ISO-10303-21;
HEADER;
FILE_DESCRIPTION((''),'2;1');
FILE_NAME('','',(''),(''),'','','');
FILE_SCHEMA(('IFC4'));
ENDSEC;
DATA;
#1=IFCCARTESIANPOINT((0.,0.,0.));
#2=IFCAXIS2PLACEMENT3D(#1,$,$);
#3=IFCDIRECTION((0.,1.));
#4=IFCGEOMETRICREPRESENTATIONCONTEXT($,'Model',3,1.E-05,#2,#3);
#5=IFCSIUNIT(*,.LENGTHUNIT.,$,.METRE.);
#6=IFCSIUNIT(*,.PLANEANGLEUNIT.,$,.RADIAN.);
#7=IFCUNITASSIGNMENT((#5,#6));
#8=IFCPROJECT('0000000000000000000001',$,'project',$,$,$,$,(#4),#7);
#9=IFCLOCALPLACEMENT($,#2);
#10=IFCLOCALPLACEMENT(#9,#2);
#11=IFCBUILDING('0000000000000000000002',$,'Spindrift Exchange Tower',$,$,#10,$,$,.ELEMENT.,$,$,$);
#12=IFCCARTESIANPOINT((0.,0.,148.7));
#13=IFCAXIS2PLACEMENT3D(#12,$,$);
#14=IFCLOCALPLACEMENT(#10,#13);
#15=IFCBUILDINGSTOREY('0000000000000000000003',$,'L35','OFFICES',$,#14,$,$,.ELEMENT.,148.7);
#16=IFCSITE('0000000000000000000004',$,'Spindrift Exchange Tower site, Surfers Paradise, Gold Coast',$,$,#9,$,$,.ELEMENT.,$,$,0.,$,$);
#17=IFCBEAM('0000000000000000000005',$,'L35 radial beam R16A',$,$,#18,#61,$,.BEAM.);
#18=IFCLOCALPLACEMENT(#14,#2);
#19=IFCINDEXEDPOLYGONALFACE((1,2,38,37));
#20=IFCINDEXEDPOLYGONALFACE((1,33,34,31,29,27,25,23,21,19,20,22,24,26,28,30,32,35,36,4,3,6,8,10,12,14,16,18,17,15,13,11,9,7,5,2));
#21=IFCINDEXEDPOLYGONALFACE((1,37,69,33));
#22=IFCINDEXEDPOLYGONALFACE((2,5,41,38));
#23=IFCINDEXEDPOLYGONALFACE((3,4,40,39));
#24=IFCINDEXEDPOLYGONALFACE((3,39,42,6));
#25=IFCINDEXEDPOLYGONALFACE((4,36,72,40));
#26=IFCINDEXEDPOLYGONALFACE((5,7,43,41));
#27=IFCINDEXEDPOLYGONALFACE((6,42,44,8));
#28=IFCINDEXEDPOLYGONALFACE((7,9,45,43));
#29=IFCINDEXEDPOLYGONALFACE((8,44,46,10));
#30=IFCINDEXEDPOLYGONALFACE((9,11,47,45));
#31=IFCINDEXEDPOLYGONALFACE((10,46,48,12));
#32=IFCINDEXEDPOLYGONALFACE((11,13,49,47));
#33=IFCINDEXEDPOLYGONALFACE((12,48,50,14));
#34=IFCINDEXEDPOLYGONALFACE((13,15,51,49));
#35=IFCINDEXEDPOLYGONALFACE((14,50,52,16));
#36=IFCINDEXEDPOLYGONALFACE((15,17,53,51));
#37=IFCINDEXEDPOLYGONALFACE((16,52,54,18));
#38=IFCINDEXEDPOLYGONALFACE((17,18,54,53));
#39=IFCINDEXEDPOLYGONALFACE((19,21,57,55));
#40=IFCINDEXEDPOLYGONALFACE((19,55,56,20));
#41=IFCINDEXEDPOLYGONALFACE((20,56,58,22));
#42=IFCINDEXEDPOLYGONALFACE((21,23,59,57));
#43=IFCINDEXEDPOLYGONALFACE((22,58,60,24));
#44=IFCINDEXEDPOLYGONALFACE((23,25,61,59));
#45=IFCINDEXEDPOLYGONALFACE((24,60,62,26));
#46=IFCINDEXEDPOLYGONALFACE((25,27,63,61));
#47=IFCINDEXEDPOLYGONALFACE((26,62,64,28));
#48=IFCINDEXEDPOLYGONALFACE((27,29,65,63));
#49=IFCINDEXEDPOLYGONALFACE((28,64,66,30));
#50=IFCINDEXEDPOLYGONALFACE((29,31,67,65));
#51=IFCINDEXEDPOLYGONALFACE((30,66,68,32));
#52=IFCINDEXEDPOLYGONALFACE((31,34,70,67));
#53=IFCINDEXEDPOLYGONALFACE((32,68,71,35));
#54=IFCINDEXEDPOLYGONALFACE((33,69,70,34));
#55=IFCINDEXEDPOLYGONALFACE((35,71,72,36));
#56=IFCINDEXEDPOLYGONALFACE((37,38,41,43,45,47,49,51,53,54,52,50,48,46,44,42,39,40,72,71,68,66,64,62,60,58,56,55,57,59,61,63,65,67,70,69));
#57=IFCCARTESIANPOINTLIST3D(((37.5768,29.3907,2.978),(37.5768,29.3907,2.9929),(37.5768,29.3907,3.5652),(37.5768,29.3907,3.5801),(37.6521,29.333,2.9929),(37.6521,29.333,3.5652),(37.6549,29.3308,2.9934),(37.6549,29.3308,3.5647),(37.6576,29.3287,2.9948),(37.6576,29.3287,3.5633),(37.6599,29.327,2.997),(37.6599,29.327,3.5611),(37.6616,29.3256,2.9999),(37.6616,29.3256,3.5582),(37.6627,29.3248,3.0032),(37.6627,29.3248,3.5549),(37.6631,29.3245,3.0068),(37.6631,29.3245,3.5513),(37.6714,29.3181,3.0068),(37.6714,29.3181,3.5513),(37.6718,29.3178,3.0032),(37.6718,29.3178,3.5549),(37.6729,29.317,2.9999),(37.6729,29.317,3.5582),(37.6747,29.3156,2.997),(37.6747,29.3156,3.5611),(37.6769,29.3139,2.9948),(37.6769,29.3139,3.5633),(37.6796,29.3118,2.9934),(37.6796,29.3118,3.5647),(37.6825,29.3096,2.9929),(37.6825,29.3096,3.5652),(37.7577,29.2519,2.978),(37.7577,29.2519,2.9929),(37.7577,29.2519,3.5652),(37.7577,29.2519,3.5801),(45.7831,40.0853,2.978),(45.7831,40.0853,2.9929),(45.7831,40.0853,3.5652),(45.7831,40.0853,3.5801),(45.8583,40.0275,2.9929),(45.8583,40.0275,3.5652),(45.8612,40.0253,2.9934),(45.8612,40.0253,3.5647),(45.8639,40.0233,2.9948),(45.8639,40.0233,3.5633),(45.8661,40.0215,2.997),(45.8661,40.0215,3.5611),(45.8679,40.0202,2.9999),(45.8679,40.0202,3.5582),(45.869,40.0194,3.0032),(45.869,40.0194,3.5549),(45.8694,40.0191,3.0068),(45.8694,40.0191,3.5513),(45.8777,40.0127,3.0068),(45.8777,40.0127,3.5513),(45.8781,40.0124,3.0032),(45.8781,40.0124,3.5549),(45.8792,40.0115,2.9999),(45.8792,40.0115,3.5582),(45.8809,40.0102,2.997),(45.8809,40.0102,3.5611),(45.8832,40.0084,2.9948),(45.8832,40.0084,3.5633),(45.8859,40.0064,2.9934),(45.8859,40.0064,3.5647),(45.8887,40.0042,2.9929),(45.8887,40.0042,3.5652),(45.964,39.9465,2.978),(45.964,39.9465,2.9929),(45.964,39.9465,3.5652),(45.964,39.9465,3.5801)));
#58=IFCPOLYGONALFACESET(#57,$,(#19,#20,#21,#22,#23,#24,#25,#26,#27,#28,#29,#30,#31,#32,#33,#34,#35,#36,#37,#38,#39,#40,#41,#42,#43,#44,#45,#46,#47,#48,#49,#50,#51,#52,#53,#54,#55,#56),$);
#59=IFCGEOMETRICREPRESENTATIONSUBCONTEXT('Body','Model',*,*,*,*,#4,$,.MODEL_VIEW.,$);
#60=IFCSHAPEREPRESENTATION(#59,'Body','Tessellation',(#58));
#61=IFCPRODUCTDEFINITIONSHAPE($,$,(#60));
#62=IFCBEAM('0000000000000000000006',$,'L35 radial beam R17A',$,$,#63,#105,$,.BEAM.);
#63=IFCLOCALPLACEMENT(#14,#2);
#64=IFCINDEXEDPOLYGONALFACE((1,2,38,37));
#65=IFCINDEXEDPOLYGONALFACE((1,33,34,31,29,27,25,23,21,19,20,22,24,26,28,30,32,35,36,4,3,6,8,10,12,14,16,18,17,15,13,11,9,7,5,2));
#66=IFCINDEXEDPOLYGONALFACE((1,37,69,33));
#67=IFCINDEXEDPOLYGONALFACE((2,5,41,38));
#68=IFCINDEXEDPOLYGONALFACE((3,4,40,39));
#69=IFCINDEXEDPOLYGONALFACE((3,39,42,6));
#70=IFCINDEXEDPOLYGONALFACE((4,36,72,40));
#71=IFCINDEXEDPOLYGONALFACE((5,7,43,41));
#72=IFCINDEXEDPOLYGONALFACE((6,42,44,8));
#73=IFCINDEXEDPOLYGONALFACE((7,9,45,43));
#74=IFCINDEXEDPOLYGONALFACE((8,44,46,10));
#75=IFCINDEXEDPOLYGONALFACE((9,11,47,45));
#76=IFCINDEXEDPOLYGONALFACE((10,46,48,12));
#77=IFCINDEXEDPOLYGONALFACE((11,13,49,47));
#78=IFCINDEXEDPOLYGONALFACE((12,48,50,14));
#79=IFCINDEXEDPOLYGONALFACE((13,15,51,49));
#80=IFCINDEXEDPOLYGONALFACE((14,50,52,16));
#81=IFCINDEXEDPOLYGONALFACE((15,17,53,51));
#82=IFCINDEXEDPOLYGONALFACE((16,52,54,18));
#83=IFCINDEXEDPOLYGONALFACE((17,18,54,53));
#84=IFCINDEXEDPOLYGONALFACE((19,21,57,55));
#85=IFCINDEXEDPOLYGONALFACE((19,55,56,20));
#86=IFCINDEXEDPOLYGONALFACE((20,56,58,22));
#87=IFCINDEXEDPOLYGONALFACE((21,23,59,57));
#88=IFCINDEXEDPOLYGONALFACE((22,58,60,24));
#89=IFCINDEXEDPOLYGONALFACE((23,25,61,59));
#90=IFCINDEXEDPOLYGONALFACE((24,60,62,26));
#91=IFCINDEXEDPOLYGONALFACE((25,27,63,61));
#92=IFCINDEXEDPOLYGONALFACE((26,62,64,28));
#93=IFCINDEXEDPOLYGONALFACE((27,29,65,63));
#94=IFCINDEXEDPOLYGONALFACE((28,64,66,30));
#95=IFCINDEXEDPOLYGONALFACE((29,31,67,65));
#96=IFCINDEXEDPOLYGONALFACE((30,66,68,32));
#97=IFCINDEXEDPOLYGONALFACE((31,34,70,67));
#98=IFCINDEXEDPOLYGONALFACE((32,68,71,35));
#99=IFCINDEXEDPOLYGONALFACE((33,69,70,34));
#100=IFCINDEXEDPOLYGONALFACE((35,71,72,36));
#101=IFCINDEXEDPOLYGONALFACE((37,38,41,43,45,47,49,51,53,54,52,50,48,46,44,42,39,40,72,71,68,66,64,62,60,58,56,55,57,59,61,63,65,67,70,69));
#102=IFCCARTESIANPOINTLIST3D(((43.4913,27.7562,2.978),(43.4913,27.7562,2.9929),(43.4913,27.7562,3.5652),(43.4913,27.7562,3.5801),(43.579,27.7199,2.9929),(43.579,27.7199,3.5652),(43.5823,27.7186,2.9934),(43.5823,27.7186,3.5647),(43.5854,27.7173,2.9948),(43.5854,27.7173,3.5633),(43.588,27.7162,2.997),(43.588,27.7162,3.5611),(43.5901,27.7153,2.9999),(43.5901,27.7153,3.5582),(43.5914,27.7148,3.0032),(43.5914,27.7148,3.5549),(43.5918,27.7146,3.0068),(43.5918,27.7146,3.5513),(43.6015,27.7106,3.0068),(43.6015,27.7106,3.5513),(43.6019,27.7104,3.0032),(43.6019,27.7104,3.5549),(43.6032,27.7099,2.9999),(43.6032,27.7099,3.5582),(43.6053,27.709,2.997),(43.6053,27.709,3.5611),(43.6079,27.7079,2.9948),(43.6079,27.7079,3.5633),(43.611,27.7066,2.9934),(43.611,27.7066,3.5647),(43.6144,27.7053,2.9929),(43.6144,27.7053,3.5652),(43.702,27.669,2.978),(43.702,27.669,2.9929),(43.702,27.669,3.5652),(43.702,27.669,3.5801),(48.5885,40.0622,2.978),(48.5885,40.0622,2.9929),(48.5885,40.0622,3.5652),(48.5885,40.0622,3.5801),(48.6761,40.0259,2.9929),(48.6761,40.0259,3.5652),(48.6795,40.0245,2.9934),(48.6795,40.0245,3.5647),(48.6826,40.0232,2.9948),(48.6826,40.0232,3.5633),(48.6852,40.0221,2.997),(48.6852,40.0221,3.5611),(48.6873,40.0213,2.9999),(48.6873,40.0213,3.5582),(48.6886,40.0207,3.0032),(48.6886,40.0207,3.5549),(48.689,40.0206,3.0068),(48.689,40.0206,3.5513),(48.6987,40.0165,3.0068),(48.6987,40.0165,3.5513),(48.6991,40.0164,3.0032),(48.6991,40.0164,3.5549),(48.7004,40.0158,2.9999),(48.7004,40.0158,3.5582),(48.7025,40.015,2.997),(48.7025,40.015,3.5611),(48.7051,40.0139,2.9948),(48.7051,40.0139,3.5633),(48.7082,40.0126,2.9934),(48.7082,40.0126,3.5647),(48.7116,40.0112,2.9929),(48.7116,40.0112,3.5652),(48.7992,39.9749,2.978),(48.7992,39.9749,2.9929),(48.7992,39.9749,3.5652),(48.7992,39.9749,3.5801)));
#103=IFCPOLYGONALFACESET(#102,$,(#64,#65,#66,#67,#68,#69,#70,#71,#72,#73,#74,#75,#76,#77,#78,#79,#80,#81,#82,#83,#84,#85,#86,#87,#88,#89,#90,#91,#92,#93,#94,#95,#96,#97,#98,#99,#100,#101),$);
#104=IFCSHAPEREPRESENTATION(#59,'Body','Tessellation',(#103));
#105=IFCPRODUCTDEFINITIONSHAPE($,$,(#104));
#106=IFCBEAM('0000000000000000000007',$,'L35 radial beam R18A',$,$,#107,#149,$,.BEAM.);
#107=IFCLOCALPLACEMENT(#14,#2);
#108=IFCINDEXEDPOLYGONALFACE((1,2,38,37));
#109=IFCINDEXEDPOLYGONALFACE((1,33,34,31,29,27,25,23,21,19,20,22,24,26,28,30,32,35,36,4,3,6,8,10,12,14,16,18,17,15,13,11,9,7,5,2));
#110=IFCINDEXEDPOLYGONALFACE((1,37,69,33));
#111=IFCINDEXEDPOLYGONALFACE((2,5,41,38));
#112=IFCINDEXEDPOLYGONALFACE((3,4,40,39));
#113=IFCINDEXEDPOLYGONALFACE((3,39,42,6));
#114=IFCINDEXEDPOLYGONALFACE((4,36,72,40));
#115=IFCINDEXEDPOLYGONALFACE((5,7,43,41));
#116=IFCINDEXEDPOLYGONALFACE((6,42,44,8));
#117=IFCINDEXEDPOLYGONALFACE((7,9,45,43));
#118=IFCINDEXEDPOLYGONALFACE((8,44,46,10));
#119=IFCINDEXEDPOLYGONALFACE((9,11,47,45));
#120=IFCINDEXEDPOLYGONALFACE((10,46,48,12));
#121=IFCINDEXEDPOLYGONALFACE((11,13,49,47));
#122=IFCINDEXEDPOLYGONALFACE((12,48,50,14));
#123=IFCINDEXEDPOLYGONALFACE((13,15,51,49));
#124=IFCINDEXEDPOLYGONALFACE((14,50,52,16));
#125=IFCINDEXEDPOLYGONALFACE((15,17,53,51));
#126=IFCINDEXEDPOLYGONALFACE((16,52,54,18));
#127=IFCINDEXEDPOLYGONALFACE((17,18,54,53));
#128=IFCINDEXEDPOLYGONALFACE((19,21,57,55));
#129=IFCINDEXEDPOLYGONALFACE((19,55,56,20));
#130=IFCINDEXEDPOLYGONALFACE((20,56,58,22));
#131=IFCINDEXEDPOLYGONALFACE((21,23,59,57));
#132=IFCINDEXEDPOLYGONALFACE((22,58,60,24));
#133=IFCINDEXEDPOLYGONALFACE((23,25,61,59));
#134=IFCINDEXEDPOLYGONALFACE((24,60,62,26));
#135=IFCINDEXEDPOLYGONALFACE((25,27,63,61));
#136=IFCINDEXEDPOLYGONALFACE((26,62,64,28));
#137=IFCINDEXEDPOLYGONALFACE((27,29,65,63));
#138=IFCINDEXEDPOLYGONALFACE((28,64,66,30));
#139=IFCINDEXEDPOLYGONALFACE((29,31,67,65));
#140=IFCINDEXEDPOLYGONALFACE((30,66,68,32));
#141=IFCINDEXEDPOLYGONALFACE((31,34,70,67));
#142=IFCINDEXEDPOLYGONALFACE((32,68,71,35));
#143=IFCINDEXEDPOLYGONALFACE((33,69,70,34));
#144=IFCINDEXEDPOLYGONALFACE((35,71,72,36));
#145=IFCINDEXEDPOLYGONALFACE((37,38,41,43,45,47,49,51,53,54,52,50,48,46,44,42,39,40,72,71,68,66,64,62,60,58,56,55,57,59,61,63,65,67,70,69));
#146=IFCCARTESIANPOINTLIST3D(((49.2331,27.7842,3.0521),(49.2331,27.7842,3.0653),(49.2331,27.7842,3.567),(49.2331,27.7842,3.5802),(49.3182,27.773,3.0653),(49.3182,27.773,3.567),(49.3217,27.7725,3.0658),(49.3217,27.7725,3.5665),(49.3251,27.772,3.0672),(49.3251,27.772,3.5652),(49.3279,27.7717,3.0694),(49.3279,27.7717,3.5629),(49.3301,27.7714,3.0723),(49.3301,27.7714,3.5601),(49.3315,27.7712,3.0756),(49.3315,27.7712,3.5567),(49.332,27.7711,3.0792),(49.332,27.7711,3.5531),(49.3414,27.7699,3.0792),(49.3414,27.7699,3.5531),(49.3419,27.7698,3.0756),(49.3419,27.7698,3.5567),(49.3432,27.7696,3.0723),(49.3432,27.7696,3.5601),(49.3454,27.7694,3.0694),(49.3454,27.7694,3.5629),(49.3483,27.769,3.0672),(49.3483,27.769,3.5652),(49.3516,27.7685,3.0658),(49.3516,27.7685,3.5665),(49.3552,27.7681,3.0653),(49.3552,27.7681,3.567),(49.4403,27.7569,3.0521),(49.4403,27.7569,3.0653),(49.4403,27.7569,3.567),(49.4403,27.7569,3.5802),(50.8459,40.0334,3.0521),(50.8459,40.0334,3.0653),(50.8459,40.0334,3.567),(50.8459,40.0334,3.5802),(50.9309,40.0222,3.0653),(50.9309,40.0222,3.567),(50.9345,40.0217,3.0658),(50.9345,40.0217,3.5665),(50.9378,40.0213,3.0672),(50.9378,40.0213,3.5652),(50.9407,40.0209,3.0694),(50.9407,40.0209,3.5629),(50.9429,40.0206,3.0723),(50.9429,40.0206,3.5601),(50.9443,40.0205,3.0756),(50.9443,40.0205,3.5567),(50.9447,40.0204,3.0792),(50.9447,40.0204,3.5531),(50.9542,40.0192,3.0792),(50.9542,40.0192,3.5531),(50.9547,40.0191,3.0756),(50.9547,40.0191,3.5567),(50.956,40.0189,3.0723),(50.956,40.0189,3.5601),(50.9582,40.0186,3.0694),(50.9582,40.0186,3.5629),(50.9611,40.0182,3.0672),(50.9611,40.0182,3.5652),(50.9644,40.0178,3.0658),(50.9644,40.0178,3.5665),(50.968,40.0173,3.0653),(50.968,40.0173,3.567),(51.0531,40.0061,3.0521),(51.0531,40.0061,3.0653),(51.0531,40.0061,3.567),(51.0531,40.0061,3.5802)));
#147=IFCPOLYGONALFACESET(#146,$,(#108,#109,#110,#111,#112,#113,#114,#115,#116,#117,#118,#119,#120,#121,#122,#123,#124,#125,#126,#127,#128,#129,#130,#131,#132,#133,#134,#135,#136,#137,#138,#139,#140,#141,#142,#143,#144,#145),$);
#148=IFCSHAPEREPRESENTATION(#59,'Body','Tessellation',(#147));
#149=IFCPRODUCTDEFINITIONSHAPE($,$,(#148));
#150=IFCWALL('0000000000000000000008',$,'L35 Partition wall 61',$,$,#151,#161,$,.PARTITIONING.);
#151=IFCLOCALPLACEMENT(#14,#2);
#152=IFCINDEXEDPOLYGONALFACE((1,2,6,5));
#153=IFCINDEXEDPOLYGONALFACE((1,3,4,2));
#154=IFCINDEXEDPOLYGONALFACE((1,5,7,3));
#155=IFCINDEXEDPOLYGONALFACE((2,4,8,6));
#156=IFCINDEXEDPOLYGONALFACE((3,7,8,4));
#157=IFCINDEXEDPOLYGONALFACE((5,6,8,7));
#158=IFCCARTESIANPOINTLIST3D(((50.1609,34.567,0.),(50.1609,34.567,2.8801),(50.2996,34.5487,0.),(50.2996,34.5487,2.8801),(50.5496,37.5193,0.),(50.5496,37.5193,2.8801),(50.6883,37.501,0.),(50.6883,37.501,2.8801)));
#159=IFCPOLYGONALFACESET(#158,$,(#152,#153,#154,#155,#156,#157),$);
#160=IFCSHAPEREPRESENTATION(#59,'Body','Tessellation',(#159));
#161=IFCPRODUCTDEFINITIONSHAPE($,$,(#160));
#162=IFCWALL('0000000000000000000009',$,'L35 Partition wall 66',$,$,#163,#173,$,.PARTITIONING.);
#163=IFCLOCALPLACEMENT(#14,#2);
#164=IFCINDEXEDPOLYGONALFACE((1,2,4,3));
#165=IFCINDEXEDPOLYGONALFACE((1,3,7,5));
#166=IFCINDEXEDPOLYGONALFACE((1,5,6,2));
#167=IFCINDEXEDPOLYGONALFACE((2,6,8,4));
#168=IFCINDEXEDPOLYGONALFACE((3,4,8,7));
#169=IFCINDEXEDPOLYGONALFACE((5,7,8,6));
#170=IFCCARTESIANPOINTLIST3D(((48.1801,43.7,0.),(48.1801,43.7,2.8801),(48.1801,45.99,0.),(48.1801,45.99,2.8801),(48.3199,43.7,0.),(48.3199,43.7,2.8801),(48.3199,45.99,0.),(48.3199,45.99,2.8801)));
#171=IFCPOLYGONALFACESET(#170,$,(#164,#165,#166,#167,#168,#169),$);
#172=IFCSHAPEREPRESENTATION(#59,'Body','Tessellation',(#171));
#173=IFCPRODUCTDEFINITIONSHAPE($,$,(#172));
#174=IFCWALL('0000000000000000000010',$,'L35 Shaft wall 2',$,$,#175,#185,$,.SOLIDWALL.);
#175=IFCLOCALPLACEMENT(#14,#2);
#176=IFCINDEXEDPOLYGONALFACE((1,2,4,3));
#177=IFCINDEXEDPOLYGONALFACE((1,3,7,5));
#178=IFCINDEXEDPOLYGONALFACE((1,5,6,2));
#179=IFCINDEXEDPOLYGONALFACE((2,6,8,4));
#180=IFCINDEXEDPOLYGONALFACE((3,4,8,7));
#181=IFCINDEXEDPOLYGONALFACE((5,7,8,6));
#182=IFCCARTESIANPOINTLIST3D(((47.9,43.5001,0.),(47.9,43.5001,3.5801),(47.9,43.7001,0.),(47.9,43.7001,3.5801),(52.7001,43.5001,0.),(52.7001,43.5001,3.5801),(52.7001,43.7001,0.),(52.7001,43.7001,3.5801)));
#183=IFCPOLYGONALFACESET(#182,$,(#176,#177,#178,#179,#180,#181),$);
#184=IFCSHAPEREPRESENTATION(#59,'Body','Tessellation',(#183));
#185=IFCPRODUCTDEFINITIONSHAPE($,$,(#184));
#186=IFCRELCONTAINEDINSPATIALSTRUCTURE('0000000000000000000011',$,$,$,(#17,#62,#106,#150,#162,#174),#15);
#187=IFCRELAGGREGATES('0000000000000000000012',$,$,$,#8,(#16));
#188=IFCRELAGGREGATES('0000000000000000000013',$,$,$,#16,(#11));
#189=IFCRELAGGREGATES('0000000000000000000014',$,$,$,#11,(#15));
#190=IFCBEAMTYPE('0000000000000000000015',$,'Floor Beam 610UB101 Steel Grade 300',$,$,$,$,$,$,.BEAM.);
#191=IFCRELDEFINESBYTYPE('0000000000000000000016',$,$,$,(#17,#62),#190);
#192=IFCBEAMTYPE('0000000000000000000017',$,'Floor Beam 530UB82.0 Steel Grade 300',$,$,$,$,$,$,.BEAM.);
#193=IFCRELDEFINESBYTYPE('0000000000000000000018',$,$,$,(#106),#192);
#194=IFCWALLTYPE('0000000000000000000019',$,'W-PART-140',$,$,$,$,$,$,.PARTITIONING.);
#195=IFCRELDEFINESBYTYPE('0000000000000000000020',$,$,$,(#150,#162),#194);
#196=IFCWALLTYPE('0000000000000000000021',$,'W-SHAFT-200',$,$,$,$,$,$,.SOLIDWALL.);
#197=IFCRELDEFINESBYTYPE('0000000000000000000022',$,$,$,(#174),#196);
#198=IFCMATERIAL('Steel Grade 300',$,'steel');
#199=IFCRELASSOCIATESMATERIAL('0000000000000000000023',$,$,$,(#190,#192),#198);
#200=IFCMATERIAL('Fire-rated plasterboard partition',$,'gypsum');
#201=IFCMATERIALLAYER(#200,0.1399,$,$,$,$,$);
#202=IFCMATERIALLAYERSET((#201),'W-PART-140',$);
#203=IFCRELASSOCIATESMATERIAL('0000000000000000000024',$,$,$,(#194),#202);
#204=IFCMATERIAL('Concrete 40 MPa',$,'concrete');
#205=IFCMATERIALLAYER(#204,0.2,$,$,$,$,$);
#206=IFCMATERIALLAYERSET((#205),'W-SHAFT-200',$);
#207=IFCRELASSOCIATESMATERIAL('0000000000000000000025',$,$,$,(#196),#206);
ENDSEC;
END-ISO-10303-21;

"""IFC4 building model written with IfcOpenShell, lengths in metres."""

from ifc_helpers import new_model, si_unit, direction, frame, frame_2d, origin, origin_2d, place, context, subcontext, project, spatial, rectangle, i_section, extrude, source, transform, mapped, material, layer, layer_set, material_profile, profile_set, type_object, element, save


model = new_model("IFC4")

# Units and contexts
model_context = context("Model", 3, precision=1e-05, world=origin(), true_north=direction((0.0, 1.0)))
body_context = subcontext(model_context, "Body", "Model", "MODEL_VIEW")
ifc_project = project(units=[si_unit("LENGTHUNIT", "METRE"), si_unit("PLANEANGLEUNIT", "RADIAN")], contexts=[model_context])

# Site, building, storey
site_placement = place(None, origin())
site = spatial("IfcSite", under=ifc_project, at=site_placement, Name="Spindrift Exchange Tower site, Surfers Paradise, Gold Coast", CompositionType="ELEMENT", RefElevation=0.0)
building_placement = place(site_placement, origin())
building = spatial("IfcBuilding", under=site, at=building_placement, Name="Spindrift Exchange Tower", CompositionType="ELEMENT")
storey_placement = place(building_placement, frame((0.0, 0.0, 148.7)))
storey = spatial("IfcBuildingStorey", under=building, at=storey_placement, Name="L35", Description="OFFICES", CompositionType="ELEMENT", Elevation=148.7)

# Beams
ifc_material_1 = material(Name="Steel Grade 300", Category="steel")
ifc_material_profile_1 = material_profile(ifc_material_1, i_section(OverallWidth=0.228, OverallDepth=0.6021, WebThickness=0.0105, FlangeThickness=0.0149, FilletRadius=0.0139, at=origin_2d()), Name="610UB101")
ifc_profile_set_1 = profile_set([ifc_material_profile_1], Name="Steel Grade 300")
beam_type_1 = type_object("IfcBeamType", Name="Floor Beam 610UB101 Steel Grade 300", PredefinedType="BEAM", material=ifc_profile_set_1)
shared_shape_1 = source(origin(), body_context, "Body", "SweptSolid", [
    extrude(i_section(OverallWidth=0.228, OverallDepth=0.6021, WebThickness=0.0105, FlangeThickness=0.0149, FilletRadius=0.0139, at=origin_2d()), origin(), (0.0, 0.0, 1.0), 13.4802),
])
beam_1_placement = place(storey_placement, frame((45.8735, 40.0159, 3.2791), z_axis=(-0.608764, -0.793351, 0.0), x_axis=(0.793351, -0.608764, 0.0)))
element("IfcBeam", 1, at=beam_1_placement, inside=storey, type_object=beam_type_1, Name="L35 radial beam R16A", PredefinedType="BEAM", context=body_context, shape_type="MappedRepresentation", body=[
    mapped(shared_shape_1, transform((0.0, 0.0, 0.0), scale=1.0)),
])
shared_shape_2 = source(origin(), body_context, "Body", "SweptSolid", [
    extrude(i_section(OverallWidth=0.228, OverallDepth=0.6021, WebThickness=0.0105, FlangeThickness=0.0149, FilletRadius=0.0139, at=origin_2d()), origin(), (0.0, 0.0, 1.0), 13.3198),
])
beam_2_placement = place(storey_placement, frame((48.6938, 40.0186, 3.2791), z_axis=(-0.382677, -0.923882, 0.0), x_axis=(0.923882, -0.382677, 0.0)))
element("IfcBeam", 2, at=beam_2_placement, inside=storey, type_object=beam_type_1, Name="L35 radial beam R17A", PredefinedType="BEAM", context=body_context, shape_type="MappedRepresentation", body=[
    mapped(shared_shape_2, transform((0.0, 0.0, 0.0), scale=1.0)),
])
ifc_material_profile_2 = material_profile(ifc_material_1, i_section(OverallWidth=0.209, OverallDepth=0.5281, WebThickness=0.0095, FlangeThickness=0.0132, FilletRadius=0.0139, at=origin_2d()), Name="530UB82.0")
ifc_profile_set_2 = profile_set([ifc_material_profile_2], Name="Steel Grade 300")
beam_type_2 = type_object("IfcBeamType", Name="Floor Beam 530UB82.0 Steel Grade 300", PredefinedType="BEAM", material=ifc_profile_set_2)
shared_shape_3 = source(origin(), body_context, "Body", "SweptSolid", [
    extrude(i_section(OverallWidth=0.209, OverallDepth=0.5281, WebThickness=0.0095, FlangeThickness=0.0132, FilletRadius=0.0139, at=origin_2d()), origin(), (0.0, 0.0, 1.0), 12.355),
])
beam_3_placement = place(storey_placement, frame((50.9495, 40.0198, 3.3162), z_axis=(-0.130538, -0.991443, 0.0), x_axis=(0.991443, -0.130538, 0.0)))
element("IfcBeam", 3, at=beam_3_placement, inside=storey, type_object=beam_type_2, Name="L35 radial beam R18A", PredefinedType="BEAM", context=body_context, shape_type="MappedRepresentation", body=[
    mapped(shared_shape_3, transform((0.0, 0.0, 0.0), scale=1.0)),
])

# Walls
ifc_material_2 = material(Name="Fire-rated plasterboard partition", Category="gypsum")
ifc_layer_1 = layer(ifc_material_2, 0.1399)
ifc_layer_set_1 = layer_set([ifc_layer_1], Name="W-PART-140")
wall_type_1 = type_object("IfcWallType", Name="W-PART-140", PredefinedType="PARTITIONING", material=ifc_layer_set_1)
wall_1_placement = place(storey_placement, frame((50.6189, 37.51, 0.0), z_axis=(0.0, 0.0, 1.0), x_axis=(-0.13052, -0.991446, 0.0)))
element("IfcWall", 4, at=wall_1_placement, inside=storey, type_object=wall_type_1, Name="L35 Partition wall 61", PredefinedType="PARTITIONING", context=body_context, shape_type="SweptSolid", body=[
    extrude(rectangle(XDim=2.9778, YDim=0.1399, at=frame_2d((1.4888, 0.0))), origin(), (0.0, 0.0, 1.0), 2.8801),
])
wall_2_placement = place(storey_placement, frame((48.25, 43.7, 0.0), z_axis=(0.0, 0.0, 1.0), x_axis=(0.0, 1.0, 0.0)))
element("IfcWall", 5, at=wall_2_placement, inside=storey, type_object=wall_type_1, Name="L35 Partition wall 66", PredefinedType="PARTITIONING", context=body_context, shape_type="SweptSolid", body=[
    extrude(rectangle(XDim=2.29, YDim=0.1399, at=frame_2d((1.145, 0.0))), origin(), (0.0, 0.0, 1.0), 2.8801),
])
ifc_material_3 = material(Name="Concrete 40 MPa", Category="concrete")
ifc_layer_2 = layer(ifc_material_3, 0.2)
ifc_layer_set_2 = layer_set([ifc_layer_2], Name="W-SHAFT-200")
wall_type_2 = type_object("IfcWallType", Name="W-SHAFT-200", PredefinedType="SOLIDWALL", material=ifc_layer_set_2)
wall_3_placement = place(storey_placement, frame((52.7, 43.6001, 0.0), z_axis=(0.0, 0.0, 1.0), x_axis=(-1.0, 0.0, 0.0)))
element("IfcWall", 6, at=wall_3_placement, inside=storey, type_object=wall_type_2, Name="L35 Shaft wall 2", PredefinedType="SOLIDWALL", context=body_context, shape_type="SweptSolid", body=[
    extrude(rectangle(XDim=4.8, YDim=0.2, at=frame_2d((2.3999, 0.0))), origin(), (0.0, 0.0, 1.0), 3.5801),
])

save(model, "model.ifc")
